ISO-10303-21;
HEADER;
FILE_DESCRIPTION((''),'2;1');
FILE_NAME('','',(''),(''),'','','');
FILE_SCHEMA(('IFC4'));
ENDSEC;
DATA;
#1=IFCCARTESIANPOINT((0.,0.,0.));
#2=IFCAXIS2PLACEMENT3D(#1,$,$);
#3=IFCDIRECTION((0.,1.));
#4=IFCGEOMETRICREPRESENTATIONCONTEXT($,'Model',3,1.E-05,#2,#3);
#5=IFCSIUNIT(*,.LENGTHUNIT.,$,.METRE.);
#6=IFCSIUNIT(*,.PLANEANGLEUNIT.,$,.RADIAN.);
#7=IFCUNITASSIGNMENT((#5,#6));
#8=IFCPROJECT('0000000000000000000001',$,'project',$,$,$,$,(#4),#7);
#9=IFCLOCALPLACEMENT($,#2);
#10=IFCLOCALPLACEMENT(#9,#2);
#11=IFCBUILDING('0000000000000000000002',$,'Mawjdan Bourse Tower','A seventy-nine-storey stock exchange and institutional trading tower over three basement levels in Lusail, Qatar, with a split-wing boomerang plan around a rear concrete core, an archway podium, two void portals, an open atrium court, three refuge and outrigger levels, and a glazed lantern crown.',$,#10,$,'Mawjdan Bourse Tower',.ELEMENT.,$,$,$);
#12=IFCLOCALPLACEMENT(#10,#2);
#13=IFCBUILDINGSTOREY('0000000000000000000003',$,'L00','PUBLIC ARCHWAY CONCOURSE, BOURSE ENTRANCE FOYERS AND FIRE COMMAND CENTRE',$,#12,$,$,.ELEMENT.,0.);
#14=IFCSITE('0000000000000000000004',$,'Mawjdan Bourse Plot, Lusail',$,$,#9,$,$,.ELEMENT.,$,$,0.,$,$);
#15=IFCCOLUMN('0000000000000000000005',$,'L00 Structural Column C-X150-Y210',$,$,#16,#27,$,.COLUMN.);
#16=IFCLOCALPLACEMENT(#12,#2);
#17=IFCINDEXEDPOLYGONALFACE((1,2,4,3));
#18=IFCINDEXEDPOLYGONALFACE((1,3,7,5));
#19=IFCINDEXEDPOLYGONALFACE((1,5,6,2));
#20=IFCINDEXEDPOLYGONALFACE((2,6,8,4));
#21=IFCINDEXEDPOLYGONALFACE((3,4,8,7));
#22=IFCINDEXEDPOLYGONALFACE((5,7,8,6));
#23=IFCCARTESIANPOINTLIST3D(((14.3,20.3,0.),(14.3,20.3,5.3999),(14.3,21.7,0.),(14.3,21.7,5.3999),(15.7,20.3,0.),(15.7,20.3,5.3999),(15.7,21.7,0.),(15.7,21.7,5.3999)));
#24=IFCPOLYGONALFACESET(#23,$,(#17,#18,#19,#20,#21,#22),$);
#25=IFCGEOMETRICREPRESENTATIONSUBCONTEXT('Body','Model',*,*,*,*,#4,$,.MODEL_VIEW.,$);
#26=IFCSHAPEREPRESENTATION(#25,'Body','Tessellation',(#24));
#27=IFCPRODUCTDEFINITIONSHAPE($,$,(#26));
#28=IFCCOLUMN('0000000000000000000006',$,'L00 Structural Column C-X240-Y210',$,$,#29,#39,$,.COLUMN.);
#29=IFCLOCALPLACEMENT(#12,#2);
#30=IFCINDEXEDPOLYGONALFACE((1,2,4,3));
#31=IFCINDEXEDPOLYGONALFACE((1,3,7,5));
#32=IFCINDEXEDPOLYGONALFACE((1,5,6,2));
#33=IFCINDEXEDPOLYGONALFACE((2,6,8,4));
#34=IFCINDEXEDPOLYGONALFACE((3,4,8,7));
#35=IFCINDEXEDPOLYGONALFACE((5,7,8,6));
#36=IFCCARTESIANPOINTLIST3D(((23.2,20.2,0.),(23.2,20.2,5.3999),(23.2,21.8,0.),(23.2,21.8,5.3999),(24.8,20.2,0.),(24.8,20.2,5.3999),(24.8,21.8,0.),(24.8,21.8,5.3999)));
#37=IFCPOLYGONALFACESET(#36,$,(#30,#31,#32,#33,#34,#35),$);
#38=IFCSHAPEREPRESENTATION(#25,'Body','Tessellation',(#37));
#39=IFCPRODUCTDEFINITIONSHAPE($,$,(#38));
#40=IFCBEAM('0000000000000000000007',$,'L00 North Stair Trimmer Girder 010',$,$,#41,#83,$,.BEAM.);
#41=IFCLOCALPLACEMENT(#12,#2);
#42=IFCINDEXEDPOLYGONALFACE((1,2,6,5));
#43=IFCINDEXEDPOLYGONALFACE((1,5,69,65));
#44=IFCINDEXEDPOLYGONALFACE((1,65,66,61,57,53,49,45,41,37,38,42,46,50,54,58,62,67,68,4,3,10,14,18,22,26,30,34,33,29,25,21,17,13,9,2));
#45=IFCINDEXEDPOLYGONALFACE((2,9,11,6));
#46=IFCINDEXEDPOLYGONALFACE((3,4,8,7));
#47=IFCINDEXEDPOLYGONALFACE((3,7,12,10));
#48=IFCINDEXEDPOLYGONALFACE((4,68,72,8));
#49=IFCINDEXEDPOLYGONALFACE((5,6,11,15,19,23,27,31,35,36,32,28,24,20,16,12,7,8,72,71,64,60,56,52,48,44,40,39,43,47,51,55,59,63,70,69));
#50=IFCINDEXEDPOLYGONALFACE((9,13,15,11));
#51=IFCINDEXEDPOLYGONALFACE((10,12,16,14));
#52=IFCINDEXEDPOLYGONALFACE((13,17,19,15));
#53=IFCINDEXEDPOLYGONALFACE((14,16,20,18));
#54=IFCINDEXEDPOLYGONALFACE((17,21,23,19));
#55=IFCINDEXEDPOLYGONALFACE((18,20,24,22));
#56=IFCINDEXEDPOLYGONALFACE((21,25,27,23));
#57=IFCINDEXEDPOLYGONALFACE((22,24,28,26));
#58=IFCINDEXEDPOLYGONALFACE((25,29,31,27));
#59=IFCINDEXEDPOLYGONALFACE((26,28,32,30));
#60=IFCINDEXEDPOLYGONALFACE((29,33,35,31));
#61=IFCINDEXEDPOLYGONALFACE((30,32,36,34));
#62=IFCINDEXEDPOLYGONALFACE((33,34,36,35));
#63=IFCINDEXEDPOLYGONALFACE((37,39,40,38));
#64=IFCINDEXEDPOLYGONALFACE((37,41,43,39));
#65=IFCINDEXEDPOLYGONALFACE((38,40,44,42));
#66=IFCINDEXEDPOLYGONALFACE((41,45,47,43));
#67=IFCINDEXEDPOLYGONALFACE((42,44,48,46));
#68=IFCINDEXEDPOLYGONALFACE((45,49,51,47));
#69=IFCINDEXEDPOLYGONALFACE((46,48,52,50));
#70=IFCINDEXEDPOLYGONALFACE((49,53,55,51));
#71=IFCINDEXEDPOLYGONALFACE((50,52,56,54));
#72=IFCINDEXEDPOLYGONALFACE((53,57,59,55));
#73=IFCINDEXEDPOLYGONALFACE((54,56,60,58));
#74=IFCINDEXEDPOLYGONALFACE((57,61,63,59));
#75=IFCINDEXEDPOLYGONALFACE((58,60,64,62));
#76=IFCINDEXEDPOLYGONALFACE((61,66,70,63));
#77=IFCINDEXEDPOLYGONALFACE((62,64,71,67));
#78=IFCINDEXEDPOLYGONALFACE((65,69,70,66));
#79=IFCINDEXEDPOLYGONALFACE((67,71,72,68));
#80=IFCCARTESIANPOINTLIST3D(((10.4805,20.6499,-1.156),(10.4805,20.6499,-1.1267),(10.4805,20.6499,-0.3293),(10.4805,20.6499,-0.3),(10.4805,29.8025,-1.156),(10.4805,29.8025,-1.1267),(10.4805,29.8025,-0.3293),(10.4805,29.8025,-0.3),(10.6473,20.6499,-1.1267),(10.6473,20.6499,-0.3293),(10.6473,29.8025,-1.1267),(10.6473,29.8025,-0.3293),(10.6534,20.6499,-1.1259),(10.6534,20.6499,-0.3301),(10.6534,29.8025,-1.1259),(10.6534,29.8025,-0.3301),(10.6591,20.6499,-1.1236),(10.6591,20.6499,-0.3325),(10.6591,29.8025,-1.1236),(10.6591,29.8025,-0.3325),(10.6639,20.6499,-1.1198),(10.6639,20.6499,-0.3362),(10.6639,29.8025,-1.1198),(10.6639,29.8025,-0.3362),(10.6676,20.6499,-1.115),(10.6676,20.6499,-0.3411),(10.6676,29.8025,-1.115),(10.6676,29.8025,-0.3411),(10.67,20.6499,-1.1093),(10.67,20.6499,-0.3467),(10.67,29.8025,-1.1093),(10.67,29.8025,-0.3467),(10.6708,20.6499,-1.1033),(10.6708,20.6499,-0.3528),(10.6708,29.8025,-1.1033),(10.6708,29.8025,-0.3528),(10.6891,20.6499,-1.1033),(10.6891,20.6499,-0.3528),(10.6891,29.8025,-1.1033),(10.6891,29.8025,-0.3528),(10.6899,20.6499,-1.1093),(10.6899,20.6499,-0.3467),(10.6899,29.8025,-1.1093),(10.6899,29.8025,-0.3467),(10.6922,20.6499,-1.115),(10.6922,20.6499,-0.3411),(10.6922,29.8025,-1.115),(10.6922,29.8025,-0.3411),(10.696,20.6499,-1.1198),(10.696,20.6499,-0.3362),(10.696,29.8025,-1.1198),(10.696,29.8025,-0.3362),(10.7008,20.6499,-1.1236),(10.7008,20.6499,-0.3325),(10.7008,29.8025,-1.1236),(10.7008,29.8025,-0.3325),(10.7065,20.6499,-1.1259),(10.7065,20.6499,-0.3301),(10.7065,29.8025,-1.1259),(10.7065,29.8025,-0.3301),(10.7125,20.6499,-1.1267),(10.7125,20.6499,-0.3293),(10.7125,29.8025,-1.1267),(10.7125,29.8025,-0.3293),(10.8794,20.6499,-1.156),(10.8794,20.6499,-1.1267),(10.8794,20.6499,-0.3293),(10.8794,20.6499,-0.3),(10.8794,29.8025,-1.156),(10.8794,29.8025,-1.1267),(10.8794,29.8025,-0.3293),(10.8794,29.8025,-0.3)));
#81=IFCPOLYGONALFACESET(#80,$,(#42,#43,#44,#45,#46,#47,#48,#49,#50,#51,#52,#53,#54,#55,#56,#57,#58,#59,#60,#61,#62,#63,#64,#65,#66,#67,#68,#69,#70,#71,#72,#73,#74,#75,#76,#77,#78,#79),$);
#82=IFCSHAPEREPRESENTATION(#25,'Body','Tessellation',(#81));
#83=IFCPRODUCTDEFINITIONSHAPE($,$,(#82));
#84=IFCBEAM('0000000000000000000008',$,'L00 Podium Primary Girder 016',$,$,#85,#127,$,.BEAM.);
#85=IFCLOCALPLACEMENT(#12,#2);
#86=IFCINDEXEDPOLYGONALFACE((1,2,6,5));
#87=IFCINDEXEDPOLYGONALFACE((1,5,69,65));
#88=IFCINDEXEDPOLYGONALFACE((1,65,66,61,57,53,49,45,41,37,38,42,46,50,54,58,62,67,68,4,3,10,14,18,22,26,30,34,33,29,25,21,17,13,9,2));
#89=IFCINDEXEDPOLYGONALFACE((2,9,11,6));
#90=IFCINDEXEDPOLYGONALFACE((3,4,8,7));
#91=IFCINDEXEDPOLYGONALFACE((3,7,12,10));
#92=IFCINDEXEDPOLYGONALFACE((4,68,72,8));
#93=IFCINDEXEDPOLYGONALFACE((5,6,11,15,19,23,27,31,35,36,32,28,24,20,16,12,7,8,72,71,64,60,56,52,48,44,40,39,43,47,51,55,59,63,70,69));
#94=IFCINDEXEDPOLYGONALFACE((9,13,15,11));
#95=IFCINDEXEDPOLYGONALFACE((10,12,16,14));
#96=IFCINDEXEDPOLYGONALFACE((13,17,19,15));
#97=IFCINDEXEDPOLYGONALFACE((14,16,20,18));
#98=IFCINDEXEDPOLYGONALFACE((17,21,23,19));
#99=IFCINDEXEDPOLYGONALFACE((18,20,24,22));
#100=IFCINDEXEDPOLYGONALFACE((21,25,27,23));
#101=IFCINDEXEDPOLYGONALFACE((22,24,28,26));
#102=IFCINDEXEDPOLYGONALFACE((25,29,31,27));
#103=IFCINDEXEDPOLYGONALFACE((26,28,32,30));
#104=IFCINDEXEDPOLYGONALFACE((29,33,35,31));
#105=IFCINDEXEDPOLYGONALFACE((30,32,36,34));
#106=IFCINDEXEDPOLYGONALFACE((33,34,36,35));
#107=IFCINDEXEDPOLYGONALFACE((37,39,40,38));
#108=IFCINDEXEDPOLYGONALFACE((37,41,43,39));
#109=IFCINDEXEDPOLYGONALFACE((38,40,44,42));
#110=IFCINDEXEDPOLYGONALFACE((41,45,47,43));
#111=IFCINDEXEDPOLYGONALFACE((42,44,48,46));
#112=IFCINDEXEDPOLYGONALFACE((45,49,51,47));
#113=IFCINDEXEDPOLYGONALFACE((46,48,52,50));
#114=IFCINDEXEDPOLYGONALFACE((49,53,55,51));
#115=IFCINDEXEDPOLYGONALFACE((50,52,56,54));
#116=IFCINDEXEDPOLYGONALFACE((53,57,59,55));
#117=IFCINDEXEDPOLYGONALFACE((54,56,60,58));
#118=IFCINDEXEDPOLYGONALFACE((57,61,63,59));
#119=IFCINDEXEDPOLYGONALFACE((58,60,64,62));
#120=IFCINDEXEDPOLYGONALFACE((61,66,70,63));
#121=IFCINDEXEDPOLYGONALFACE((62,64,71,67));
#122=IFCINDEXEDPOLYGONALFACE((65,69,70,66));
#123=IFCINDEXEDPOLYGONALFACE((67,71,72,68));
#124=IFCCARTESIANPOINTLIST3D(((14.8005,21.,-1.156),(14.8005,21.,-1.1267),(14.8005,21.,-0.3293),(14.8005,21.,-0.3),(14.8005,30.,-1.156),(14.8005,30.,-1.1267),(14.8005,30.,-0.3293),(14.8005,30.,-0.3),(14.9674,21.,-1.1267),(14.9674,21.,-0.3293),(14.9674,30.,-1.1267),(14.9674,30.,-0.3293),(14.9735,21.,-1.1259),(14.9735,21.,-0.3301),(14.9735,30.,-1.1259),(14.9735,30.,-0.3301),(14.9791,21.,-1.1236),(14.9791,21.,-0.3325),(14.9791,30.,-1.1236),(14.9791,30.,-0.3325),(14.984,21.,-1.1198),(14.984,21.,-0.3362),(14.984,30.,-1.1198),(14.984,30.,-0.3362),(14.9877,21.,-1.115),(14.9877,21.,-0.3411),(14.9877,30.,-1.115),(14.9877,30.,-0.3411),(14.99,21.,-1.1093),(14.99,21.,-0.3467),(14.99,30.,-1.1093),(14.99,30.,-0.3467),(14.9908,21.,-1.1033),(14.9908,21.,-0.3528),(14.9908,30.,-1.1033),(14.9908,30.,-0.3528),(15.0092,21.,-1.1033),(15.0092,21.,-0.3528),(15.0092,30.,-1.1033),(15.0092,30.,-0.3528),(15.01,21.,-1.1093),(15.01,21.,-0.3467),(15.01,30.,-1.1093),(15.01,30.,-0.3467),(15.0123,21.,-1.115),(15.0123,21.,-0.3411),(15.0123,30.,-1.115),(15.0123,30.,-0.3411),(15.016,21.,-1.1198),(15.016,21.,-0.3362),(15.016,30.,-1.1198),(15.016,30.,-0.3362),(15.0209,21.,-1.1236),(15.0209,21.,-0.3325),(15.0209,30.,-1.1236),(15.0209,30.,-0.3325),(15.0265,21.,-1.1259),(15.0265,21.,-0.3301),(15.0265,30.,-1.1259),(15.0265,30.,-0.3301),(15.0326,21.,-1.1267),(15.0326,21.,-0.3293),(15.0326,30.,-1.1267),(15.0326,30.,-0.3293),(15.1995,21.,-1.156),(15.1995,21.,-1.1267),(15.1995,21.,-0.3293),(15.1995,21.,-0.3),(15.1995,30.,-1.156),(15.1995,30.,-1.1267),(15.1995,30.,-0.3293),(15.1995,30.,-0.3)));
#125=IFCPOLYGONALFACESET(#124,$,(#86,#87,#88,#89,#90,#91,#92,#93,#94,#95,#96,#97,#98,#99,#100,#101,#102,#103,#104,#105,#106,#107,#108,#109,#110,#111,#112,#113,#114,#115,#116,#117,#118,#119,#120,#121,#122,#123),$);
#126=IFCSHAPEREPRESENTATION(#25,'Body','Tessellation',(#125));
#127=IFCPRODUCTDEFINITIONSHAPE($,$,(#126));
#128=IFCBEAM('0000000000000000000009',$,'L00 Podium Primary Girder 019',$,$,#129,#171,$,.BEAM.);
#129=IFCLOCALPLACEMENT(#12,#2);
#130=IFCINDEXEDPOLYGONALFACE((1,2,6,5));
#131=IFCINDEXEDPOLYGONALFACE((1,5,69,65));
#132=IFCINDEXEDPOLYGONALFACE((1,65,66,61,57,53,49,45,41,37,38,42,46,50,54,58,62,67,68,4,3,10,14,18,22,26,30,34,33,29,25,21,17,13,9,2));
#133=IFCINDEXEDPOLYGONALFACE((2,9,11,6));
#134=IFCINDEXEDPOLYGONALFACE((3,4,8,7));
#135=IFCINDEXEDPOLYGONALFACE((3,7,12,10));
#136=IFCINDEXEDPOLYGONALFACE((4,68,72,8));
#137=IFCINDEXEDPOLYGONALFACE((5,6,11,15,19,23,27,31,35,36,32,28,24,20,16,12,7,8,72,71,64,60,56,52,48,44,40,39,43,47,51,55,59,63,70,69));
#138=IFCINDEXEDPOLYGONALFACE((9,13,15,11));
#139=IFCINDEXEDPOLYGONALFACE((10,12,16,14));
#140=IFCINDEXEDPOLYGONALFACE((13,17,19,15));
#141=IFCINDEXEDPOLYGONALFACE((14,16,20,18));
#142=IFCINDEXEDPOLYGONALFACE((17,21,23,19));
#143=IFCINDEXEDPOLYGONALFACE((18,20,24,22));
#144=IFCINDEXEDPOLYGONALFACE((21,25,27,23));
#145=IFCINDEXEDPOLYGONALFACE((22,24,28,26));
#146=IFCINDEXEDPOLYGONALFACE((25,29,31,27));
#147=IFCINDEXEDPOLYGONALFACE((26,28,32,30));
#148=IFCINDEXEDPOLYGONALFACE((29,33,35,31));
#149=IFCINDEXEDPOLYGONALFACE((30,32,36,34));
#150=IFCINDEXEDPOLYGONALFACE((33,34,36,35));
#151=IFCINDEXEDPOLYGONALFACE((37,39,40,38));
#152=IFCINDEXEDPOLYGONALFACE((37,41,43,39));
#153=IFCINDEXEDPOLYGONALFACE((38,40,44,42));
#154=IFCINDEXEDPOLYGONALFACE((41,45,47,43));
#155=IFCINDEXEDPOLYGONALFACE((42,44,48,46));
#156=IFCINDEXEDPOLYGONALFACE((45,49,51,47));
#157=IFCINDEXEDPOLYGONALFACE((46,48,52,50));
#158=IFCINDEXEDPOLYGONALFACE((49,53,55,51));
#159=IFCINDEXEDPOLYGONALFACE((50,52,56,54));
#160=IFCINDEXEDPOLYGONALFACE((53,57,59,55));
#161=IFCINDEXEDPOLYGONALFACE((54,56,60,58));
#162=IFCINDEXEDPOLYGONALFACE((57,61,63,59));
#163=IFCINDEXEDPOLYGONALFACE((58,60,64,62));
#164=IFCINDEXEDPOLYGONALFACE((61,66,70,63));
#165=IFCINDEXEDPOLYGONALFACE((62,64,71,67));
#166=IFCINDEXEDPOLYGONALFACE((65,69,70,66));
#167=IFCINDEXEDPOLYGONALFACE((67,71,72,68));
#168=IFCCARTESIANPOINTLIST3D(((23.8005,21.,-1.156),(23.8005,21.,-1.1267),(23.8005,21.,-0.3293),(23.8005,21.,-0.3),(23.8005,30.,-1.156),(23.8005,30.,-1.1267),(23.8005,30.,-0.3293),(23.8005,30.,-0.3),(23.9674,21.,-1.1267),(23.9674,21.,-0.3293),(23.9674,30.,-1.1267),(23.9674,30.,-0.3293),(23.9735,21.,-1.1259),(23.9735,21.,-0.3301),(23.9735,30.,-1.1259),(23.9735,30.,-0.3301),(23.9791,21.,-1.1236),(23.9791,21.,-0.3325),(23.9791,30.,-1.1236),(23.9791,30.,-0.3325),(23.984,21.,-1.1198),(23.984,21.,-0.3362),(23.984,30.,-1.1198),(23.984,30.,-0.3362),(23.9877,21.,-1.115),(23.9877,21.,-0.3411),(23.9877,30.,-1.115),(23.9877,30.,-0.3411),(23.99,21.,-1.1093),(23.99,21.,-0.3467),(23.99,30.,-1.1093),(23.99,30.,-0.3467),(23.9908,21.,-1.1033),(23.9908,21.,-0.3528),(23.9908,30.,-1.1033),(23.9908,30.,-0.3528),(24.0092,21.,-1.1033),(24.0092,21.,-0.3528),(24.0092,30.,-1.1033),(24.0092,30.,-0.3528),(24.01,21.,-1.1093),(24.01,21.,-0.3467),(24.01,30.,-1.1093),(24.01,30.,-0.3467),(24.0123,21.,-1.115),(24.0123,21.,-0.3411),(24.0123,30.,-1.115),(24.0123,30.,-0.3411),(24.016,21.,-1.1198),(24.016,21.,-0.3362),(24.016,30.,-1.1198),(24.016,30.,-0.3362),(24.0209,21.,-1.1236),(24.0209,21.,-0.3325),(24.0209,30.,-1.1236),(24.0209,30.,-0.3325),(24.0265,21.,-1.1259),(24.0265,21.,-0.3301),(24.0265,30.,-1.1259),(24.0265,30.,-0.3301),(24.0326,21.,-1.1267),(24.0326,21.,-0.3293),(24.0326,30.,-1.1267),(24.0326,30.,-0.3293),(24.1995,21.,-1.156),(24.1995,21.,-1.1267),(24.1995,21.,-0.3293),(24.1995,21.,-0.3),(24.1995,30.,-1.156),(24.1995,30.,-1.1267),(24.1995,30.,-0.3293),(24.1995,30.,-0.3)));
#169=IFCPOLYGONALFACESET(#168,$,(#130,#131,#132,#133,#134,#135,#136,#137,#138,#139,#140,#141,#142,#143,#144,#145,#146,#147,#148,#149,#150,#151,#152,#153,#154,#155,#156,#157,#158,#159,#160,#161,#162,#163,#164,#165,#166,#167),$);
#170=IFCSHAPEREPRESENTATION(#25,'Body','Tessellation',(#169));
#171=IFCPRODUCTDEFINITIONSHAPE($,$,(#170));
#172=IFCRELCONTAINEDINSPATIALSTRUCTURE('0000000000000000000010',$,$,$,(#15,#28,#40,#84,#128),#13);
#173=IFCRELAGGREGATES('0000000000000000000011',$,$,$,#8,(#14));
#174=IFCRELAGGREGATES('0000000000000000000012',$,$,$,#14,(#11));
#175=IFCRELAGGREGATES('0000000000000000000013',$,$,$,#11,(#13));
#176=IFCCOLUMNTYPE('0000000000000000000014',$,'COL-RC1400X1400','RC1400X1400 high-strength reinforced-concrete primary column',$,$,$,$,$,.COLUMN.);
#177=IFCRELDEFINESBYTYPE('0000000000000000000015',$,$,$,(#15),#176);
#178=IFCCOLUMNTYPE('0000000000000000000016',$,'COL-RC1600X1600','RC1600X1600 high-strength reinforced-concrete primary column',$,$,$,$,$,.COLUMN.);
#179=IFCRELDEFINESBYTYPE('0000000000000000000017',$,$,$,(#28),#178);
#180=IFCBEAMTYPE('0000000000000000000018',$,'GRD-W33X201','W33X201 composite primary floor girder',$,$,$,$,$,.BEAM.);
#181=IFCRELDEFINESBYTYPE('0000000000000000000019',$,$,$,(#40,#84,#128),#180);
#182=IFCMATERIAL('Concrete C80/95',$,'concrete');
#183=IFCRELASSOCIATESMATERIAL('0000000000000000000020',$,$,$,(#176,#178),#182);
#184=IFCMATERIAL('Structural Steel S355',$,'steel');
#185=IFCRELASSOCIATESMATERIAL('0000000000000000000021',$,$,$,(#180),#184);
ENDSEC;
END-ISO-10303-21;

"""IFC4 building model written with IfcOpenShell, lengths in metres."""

from ifc_helpers import new_model, si_unit, direction, frame, origin, origin_2d, place, context, subcontext, project, spatial, rectangle, i_section, extrude, material, material_profile, profile_set, type_object, element, save


model = new_model("IFC4")

# Units and contexts
model_context = context("Model", 3, precision=1e-05, world=origin(), true_north=direction((0.0, 1.0)))
body_context = subcontext(model_context, "Body", "Model", "MODEL_VIEW")
ifc_project = project(units=[si_unit("LENGTHUNIT", "METRE"), si_unit("PLANEANGLEUNIT", "RADIAN")], contexts=[model_context])

# Site, building, storey
site_placement = place(None, origin())
site = spatial("IfcSite", under=ifc_project, at=site_placement, Name="Mawjdan Bourse Plot, Lusail", CompositionType="ELEMENT", RefElevation=0.0)
building_placement = place(site_placement, origin())
building = spatial("IfcBuilding", under=site, at=building_placement, Name="Mawjdan Bourse Tower", Description="A seventy-nine-storey stock exchange and institutional trading tower over three basement levels in Lusail, Qatar, with a split-wing boomerang plan around a rear concrete core, an archway podium, two void portals, an open atrium court, three refuge and outrigger levels, and a glazed lantern crown.", LongName="Mawjdan Bourse Tower", CompositionType="ELEMENT")
storey_placement = place(building_placement, origin())
storey = spatial("IfcBuildingStorey", under=building, at=storey_placement, Name="L00", Description="PUBLIC ARCHWAY CONCOURSE, BOURSE ENTRANCE FOYERS AND FIRE COMMAND CENTRE", CompositionType="ELEMENT", Elevation=0.0)

# Columns
ifc_material_1 = material(Name="Concrete C80/95", Category="concrete")
ifc_material_profile_1 = material_profile(ifc_material_1, rectangle(XDim=1.3999, YDim=1.3999, at=origin_2d()), Name="RC1400X1400")
ifc_profile_set_1 = profile_set([ifc_material_profile_1], Name="Concrete C80/95")
column_type_1 = type_object("IfcColumnType", Name="COL-RC1400X1400", Description="RC1400X1400 high-strength reinforced-concrete primary column", PredefinedType="COLUMN", material=ifc_profile_set_1)
column_1_placement = place(storey_placement, frame((15.0, 21.0, 0.0), z_axis=(0.0, 0.0, 1.0), x_axis=(1.0, 0.0, 0.0)))
element("IfcColumn", 1, at=column_1_placement, inside=storey, type_object=column_type_1, Name="L00 Structural Column C-X150-Y210", PredefinedType="COLUMN", context=body_context, shape_type="SweptSolid", body=[
    extrude(rectangle(XDim=1.3999, YDim=1.3999, at=origin_2d()), origin(), (0.0, 0.0, 1.0), 5.3999),
])
ifc_material_profile_2 = material_profile(ifc_material_1, rectangle(XDim=1.6001, YDim=1.6001, at=origin_2d()), Name="RC1600X1600")
ifc_profile_set_2 = profile_set([ifc_material_profile_2], Name="Concrete C80/95")
column_type_2 = type_object("IfcColumnType", Name="COL-RC1600X1600", Description="RC1600X1600 high-strength reinforced-concrete primary column", PredefinedType="COLUMN", material=ifc_profile_set_2)
column_2_placement = place(storey_placement, frame((24.0, 21.0, 0.0), z_axis=(0.0, 0.0, 1.0), x_axis=(1.0, 0.0, 0.0)))
element("IfcColumn", 2, at=column_2_placement, inside=storey, type_object=column_type_2, Name="L00 Structural Column C-X240-Y210", PredefinedType="COLUMN", context=body_context, shape_type="SweptSolid", body=[
    extrude(rectangle(XDim=1.6001, YDim=1.6001, at=origin_2d()), origin(), (0.0, 0.0, 1.0), 5.3999),
])

# Beams
ifc_material_2 = material(Name="Structural Steel S355", Category="steel")
ifc_material_profile_3 = material_profile(ifc_material_2, i_section(OverallWidth=0.3989, OverallDepth=0.856, WebThickness=0.0183, FlangeThickness=0.0293, FilletRadius=0.0234, at=origin_2d()), Name="W33X201")
ifc_profile_set_3 = profile_set([ifc_material_profile_3], Name="Structural Steel S355")
beam_type_1 = type_object("IfcBeamType", Name="GRD-W33X201", Description="W33X201 composite primary floor girder", PredefinedType="BEAM", material=ifc_profile_set_3)
beam_1_placement = place(storey_placement, frame((10.6799, 20.6499, -0.728), z_axis=(0.0, 1.0, 0.0), x_axis=(-1.0, 0.0, 0.0)))
element("IfcBeam", 3, at=beam_1_placement, inside=storey, type_object=beam_type_1, Name="L00 North Stair Trimmer Girder 010", PredefinedType="BEAM", context=body_context, shape_type="SweptSolid", body=[
    extrude(i_section(OverallWidth=0.3989, OverallDepth=0.856, WebThickness=0.0183, FlangeThickness=0.0293, FilletRadius=0.0234, at=origin_2d()), origin(), (0.0, 0.0, 1.0), 9.1526),
])
for number, where, z_axis, x_axis, name in (
    (4, (15.0, 21.0, -0.728), (0.0, 1.0, 0.0), (-1.0, 0.0, 0.0), "L00 Podium Primary Girder 016"),
    (5, (24.0, 21.0, -0.728), (0.0, 1.0, 0.0), (-1.0, 0.0, 0.0), "L00 Podium Primary Girder 019"),
):
    element("IfcBeam", number, at=place(storey_placement, frame(where, z_axis=z_axis, x_axis=x_axis)), inside=storey, type_object=beam_type_1, Name=name, PredefinedType="BEAM", context=body_context, shape_type="SweptSolid", body=[
        extrude(i_section(OverallWidth=0.3989, OverallDepth=0.856, WebThickness=0.0183, FlangeThickness=0.0293, FilletRadius=0.0234, at=origin_2d()), origin(), (0.0, 0.0, 1.0), 9.0),
    ])

save(model, "model.ifc")
